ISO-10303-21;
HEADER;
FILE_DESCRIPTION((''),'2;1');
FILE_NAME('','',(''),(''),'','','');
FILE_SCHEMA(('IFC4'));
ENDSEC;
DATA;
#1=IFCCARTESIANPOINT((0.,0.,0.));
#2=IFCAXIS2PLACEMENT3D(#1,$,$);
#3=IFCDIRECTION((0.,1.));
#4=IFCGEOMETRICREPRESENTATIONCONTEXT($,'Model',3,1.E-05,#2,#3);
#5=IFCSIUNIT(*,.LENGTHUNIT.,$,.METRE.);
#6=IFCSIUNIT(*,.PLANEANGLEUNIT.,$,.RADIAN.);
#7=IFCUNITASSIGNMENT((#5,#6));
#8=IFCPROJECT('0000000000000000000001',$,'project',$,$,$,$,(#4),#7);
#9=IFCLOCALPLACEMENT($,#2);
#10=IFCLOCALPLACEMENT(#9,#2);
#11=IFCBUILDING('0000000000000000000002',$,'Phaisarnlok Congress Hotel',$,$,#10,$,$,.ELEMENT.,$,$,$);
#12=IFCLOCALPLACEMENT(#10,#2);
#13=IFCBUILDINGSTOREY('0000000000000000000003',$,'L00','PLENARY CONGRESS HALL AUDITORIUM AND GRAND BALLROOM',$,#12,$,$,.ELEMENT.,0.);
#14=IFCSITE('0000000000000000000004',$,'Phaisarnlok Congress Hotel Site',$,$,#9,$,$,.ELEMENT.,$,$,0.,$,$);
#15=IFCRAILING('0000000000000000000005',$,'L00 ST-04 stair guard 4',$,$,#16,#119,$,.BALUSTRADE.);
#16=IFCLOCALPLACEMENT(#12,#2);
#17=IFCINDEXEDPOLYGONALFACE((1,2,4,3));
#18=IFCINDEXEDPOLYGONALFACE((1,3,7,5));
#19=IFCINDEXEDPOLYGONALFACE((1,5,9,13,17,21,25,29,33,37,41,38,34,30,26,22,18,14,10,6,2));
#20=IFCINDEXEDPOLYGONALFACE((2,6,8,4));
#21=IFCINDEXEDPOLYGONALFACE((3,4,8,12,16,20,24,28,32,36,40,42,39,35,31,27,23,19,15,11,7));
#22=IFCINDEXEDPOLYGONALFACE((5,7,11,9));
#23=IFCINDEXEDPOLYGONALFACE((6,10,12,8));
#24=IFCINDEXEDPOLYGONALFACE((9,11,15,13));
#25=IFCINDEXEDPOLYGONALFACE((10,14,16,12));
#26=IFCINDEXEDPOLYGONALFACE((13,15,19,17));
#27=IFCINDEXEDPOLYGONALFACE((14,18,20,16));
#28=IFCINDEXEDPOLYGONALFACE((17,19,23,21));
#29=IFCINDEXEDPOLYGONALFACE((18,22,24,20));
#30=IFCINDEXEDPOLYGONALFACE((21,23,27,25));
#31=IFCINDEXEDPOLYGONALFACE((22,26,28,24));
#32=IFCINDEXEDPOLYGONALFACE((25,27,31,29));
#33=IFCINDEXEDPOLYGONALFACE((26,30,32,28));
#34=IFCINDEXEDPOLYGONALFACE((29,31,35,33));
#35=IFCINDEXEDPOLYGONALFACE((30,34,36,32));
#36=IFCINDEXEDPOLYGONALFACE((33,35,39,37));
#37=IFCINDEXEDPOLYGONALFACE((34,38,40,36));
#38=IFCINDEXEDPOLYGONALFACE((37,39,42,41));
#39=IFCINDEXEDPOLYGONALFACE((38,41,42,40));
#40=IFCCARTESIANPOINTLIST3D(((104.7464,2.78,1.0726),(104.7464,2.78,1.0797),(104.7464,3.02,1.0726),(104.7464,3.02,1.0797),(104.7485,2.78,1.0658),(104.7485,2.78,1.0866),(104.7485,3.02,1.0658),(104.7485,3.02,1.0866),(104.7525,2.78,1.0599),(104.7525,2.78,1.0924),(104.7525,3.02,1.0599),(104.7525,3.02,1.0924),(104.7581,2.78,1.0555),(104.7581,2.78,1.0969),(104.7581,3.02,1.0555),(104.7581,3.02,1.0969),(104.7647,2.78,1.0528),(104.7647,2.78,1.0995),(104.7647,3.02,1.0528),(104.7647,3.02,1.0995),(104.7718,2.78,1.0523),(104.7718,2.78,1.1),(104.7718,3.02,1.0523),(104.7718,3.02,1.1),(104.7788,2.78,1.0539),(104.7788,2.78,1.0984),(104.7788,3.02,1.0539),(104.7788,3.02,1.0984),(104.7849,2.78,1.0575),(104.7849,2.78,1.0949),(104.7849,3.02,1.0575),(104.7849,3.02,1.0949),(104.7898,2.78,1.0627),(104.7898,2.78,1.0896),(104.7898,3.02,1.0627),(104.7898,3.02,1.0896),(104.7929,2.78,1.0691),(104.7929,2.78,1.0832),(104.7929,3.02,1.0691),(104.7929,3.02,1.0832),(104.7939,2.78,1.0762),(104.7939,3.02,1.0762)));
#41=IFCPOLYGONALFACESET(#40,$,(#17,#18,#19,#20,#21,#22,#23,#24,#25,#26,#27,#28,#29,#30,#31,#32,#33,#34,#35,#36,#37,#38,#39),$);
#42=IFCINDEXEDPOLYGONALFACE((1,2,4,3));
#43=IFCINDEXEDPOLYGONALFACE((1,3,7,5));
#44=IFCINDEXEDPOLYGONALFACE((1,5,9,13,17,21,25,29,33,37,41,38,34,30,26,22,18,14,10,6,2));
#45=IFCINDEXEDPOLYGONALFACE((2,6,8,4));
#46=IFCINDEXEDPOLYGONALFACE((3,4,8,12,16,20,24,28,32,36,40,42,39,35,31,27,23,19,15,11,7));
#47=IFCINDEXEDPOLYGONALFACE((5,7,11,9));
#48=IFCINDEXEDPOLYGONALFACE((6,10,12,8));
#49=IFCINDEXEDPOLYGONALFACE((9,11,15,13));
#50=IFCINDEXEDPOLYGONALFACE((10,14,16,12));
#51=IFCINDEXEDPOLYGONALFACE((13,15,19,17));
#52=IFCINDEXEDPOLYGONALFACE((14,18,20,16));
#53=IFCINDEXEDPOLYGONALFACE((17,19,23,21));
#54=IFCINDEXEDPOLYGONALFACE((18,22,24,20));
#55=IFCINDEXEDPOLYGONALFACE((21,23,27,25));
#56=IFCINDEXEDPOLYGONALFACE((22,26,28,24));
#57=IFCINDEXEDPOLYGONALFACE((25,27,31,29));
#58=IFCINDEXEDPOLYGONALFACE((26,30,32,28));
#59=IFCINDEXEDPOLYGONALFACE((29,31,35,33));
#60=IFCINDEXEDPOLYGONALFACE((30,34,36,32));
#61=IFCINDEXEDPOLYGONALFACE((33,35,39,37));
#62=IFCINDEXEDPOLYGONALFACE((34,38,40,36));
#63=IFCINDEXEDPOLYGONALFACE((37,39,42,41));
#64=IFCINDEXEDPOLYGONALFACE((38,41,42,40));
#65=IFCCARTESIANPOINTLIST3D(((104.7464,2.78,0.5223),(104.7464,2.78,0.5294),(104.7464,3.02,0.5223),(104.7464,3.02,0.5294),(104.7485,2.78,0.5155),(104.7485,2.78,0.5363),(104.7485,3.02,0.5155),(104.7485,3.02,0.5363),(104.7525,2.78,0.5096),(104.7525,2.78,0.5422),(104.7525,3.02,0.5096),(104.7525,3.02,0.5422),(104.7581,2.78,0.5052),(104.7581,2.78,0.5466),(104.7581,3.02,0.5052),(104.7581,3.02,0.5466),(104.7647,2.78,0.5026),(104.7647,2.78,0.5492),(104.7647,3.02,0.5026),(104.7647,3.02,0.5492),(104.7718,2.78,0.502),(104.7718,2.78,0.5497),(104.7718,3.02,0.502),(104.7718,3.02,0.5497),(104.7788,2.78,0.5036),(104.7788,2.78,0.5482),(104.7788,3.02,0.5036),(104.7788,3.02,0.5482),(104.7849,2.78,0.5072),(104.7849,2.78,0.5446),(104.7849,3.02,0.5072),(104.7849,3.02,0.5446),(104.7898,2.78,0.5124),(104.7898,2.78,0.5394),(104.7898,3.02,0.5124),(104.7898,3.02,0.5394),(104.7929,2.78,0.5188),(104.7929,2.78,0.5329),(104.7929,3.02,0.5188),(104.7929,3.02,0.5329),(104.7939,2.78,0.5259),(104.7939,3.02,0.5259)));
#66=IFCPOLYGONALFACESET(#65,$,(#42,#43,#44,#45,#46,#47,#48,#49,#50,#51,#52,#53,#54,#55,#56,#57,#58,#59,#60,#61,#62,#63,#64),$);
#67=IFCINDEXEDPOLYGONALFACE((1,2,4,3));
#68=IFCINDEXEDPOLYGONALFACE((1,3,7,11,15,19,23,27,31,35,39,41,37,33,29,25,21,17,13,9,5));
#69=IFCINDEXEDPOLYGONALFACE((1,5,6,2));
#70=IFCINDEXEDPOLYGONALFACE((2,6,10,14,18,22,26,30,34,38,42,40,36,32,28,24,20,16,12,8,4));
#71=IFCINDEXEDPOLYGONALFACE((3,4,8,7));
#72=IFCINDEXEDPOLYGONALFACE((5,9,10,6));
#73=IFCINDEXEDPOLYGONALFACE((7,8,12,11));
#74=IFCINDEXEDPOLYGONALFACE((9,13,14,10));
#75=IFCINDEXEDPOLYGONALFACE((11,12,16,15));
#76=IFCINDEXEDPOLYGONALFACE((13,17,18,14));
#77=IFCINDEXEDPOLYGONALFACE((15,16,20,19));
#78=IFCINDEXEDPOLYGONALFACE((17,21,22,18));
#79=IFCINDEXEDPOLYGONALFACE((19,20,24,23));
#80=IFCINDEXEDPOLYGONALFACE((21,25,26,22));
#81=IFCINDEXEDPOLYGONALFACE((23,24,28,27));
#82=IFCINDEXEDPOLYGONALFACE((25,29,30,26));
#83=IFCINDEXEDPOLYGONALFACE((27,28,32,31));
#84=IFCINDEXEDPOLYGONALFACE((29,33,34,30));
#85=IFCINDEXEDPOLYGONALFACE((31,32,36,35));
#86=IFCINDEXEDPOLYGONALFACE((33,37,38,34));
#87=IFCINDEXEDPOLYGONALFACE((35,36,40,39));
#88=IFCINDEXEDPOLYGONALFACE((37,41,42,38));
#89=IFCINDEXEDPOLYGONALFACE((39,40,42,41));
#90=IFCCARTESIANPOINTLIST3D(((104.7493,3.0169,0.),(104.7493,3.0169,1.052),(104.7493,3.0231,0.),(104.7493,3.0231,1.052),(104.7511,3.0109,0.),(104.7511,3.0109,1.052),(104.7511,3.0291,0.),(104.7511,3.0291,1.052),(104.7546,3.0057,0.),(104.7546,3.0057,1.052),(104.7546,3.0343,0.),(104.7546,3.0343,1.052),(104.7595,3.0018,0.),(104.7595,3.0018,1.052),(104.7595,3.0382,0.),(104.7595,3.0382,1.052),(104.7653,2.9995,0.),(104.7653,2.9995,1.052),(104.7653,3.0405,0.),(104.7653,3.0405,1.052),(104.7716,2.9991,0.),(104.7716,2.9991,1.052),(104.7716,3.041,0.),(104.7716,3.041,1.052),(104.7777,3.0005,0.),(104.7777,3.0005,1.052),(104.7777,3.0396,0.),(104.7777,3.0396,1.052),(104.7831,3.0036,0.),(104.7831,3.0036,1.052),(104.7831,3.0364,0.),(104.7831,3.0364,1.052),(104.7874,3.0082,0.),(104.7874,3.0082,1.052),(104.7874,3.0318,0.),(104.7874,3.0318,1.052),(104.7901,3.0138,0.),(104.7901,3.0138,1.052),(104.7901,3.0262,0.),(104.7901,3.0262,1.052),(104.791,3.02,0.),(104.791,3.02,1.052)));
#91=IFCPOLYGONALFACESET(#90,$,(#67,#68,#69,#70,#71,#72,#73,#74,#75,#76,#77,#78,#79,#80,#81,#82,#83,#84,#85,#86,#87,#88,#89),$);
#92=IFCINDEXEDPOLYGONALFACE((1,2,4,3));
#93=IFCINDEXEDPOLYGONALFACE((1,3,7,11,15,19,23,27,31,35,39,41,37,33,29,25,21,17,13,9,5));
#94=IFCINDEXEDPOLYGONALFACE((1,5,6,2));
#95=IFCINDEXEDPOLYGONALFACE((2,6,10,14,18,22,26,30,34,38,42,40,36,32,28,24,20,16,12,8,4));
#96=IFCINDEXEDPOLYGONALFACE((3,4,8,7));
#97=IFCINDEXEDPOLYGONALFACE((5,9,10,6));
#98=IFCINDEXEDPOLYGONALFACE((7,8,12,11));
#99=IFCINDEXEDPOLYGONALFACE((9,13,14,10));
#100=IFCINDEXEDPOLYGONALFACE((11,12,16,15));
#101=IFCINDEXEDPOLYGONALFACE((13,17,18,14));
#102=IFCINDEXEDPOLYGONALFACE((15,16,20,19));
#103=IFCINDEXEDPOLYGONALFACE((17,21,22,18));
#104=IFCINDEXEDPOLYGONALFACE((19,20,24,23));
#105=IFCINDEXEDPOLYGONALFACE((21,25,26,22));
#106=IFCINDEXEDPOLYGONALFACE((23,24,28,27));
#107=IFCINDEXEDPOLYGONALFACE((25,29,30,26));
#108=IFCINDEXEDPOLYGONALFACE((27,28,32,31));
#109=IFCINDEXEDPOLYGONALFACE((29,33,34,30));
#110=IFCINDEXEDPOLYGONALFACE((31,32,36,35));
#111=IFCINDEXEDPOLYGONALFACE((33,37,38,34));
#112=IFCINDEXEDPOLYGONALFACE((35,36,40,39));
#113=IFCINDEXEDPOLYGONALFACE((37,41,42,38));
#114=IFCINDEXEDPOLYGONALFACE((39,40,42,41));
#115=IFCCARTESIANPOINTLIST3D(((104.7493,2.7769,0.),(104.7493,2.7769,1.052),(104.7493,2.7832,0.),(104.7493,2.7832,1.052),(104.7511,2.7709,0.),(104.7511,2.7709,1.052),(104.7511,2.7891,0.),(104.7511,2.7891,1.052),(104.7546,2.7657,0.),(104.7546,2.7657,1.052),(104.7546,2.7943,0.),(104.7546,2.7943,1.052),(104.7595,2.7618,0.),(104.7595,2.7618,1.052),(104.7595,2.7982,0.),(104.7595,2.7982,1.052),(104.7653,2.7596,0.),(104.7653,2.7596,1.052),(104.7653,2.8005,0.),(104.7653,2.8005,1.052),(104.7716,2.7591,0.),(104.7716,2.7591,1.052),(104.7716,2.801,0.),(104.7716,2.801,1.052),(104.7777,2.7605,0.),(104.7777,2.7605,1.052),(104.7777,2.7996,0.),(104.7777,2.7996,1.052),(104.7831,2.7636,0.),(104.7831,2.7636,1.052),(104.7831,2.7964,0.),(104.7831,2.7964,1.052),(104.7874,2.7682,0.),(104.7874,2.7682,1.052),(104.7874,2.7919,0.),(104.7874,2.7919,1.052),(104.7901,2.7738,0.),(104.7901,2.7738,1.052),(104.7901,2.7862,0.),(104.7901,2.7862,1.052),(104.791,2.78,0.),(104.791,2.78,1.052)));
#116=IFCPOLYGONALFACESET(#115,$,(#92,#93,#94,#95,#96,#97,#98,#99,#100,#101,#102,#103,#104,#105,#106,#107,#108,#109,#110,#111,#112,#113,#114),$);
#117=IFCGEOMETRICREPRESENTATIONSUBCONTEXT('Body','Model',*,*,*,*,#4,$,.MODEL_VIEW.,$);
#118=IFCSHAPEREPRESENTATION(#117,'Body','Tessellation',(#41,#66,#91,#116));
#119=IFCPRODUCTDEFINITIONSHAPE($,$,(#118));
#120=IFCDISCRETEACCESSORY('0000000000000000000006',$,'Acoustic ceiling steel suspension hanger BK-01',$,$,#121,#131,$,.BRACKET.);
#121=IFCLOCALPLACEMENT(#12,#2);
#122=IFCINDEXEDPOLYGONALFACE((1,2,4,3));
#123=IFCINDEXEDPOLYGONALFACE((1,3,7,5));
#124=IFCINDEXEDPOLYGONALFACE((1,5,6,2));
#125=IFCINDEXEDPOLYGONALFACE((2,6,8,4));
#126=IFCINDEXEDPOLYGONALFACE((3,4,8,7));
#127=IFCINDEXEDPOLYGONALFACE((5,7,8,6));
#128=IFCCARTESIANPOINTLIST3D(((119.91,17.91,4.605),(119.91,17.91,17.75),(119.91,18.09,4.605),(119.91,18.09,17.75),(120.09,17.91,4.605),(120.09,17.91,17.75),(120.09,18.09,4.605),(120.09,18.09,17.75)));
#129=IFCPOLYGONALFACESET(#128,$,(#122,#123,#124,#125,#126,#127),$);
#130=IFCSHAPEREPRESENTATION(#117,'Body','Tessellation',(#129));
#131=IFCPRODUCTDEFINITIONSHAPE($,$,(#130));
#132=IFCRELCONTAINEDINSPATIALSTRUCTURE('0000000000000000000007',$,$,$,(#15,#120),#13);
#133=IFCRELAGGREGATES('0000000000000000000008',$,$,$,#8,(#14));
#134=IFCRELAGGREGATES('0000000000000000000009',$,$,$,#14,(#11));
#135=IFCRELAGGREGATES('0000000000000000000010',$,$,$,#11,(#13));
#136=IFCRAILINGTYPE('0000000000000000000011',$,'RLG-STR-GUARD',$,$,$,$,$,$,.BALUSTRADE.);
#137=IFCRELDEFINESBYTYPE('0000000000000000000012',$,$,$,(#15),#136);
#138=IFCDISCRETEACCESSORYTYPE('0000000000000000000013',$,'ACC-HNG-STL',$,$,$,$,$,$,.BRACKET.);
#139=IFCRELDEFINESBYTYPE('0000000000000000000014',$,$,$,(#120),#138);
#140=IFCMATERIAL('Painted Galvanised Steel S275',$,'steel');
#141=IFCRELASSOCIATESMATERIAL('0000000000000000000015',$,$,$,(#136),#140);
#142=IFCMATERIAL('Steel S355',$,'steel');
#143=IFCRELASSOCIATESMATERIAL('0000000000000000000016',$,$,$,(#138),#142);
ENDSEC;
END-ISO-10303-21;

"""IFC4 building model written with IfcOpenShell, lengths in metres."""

from ifc_helpers import new_model, si_unit, direction, frame, origin, origin_2d, place, context, subcontext, project, spatial, rectangle, circle, extrude, material, type_object, element, save


model = new_model("IFC4")

# Units and contexts
model_context = context("Model", 3, precision=1e-05, world=origin(), true_north=direction((0.0, 1.0)))
body_context = subcontext(model_context, "Body", "Model", "MODEL_VIEW")
ifc_project = project(units=[si_unit("LENGTHUNIT", "METRE"), si_unit("PLANEANGLEUNIT", "RADIAN")], contexts=[model_context])

# Site, building, storey
site_placement = place(None, origin())
site = spatial("IfcSite", under=ifc_project, at=site_placement, Name="Phaisarnlok Congress Hotel Site", CompositionType="ELEMENT", RefElevation=0.0)
building_placement = place(site_placement, origin())
building = spatial("IfcBuilding", under=site, at=building_placement, Name="Phaisarnlok Congress Hotel", CompositionType="ELEMENT")
storey_placement = place(building_placement, origin())
storey = spatial("IfcBuildingStorey", under=building, at=storey_placement, Name="L00", Description="PLENARY CONGRESS HALL AUDITORIUM AND GRAND BALLROOM", CompositionType="ELEMENT", Elevation=0.0)

# Railing
ifc_material_1 = material(Name="Painted Galvanised Steel S275", Category="steel")
railing_type_1 = type_object("IfcRailingType", Name="RLG-STR-GUARD", PredefinedType="BALUSTRADE", material=ifc_material_1)
railing_1_placement = place(storey_placement, frame((104.77, 3.02, 0.0)))
element("IfcRailing", 1, at=railing_1_placement, inside=storey, type_object=railing_type_1, Name="L00 ST-04 stair guard 4", PredefinedType="BALUSTRADE", context=body_context, shape_type="SweptSolid", body=[
    extrude(circle(Radius=0.0239, at=origin_2d()), frame((0.0, 0.0, 1.0762), z_axis=(0.0, -1.0, 0.0), x_axis=(1.0, 0.0, 0.0)), (0.0, 0.0, 1.0), 0.24),
    extrude(circle(Radius=0.0239, at=origin_2d()), frame((0.0, 0.0, 0.5259), z_axis=(0.0, -1.0, 0.0), x_axis=(1.0, 0.0, 0.0)), (0.0, 0.0, 1.0), 0.24),
    extrude(circle(Radius=0.021, at=origin_2d()), origin(), (0.0, 0.0, 1.0), 1.052),
    extrude(circle(Radius=0.021, at=origin_2d()), frame((0.0, -0.24, 0.0)), (0.0, 0.0, 1.0), 1.052),
])

# Discrete accessory
ifc_material_2 = material(Name="Steel S355", Category="steel")
discrete_accessory_type = type_object("IfcDiscreteAccessoryType", Name="ACC-HNG-STL", PredefinedType="BRACKET", material=ifc_material_2)
discrete_accessory_placement = place(storey_placement, frame((120.0, 18.0, 4.605), z_axis=(0.0, 0.0, 1.0), x_axis=(1.0, 0.0, 0.0)))
element("IfcDiscreteAccessory", 2, at=discrete_accessory_placement, inside=storey, type_object=discrete_accessory_type, Name="Acoustic ceiling steel suspension hanger BK-01", PredefinedType="BRACKET", context=body_context, shape_type="SweptSolid", body=[
    extrude(rectangle(XDim=0.1799, YDim=0.1799, at=origin_2d()), origin(), (0.0, 0.0, 1.0), 13.145),
])

save(model, "model.ifc")
